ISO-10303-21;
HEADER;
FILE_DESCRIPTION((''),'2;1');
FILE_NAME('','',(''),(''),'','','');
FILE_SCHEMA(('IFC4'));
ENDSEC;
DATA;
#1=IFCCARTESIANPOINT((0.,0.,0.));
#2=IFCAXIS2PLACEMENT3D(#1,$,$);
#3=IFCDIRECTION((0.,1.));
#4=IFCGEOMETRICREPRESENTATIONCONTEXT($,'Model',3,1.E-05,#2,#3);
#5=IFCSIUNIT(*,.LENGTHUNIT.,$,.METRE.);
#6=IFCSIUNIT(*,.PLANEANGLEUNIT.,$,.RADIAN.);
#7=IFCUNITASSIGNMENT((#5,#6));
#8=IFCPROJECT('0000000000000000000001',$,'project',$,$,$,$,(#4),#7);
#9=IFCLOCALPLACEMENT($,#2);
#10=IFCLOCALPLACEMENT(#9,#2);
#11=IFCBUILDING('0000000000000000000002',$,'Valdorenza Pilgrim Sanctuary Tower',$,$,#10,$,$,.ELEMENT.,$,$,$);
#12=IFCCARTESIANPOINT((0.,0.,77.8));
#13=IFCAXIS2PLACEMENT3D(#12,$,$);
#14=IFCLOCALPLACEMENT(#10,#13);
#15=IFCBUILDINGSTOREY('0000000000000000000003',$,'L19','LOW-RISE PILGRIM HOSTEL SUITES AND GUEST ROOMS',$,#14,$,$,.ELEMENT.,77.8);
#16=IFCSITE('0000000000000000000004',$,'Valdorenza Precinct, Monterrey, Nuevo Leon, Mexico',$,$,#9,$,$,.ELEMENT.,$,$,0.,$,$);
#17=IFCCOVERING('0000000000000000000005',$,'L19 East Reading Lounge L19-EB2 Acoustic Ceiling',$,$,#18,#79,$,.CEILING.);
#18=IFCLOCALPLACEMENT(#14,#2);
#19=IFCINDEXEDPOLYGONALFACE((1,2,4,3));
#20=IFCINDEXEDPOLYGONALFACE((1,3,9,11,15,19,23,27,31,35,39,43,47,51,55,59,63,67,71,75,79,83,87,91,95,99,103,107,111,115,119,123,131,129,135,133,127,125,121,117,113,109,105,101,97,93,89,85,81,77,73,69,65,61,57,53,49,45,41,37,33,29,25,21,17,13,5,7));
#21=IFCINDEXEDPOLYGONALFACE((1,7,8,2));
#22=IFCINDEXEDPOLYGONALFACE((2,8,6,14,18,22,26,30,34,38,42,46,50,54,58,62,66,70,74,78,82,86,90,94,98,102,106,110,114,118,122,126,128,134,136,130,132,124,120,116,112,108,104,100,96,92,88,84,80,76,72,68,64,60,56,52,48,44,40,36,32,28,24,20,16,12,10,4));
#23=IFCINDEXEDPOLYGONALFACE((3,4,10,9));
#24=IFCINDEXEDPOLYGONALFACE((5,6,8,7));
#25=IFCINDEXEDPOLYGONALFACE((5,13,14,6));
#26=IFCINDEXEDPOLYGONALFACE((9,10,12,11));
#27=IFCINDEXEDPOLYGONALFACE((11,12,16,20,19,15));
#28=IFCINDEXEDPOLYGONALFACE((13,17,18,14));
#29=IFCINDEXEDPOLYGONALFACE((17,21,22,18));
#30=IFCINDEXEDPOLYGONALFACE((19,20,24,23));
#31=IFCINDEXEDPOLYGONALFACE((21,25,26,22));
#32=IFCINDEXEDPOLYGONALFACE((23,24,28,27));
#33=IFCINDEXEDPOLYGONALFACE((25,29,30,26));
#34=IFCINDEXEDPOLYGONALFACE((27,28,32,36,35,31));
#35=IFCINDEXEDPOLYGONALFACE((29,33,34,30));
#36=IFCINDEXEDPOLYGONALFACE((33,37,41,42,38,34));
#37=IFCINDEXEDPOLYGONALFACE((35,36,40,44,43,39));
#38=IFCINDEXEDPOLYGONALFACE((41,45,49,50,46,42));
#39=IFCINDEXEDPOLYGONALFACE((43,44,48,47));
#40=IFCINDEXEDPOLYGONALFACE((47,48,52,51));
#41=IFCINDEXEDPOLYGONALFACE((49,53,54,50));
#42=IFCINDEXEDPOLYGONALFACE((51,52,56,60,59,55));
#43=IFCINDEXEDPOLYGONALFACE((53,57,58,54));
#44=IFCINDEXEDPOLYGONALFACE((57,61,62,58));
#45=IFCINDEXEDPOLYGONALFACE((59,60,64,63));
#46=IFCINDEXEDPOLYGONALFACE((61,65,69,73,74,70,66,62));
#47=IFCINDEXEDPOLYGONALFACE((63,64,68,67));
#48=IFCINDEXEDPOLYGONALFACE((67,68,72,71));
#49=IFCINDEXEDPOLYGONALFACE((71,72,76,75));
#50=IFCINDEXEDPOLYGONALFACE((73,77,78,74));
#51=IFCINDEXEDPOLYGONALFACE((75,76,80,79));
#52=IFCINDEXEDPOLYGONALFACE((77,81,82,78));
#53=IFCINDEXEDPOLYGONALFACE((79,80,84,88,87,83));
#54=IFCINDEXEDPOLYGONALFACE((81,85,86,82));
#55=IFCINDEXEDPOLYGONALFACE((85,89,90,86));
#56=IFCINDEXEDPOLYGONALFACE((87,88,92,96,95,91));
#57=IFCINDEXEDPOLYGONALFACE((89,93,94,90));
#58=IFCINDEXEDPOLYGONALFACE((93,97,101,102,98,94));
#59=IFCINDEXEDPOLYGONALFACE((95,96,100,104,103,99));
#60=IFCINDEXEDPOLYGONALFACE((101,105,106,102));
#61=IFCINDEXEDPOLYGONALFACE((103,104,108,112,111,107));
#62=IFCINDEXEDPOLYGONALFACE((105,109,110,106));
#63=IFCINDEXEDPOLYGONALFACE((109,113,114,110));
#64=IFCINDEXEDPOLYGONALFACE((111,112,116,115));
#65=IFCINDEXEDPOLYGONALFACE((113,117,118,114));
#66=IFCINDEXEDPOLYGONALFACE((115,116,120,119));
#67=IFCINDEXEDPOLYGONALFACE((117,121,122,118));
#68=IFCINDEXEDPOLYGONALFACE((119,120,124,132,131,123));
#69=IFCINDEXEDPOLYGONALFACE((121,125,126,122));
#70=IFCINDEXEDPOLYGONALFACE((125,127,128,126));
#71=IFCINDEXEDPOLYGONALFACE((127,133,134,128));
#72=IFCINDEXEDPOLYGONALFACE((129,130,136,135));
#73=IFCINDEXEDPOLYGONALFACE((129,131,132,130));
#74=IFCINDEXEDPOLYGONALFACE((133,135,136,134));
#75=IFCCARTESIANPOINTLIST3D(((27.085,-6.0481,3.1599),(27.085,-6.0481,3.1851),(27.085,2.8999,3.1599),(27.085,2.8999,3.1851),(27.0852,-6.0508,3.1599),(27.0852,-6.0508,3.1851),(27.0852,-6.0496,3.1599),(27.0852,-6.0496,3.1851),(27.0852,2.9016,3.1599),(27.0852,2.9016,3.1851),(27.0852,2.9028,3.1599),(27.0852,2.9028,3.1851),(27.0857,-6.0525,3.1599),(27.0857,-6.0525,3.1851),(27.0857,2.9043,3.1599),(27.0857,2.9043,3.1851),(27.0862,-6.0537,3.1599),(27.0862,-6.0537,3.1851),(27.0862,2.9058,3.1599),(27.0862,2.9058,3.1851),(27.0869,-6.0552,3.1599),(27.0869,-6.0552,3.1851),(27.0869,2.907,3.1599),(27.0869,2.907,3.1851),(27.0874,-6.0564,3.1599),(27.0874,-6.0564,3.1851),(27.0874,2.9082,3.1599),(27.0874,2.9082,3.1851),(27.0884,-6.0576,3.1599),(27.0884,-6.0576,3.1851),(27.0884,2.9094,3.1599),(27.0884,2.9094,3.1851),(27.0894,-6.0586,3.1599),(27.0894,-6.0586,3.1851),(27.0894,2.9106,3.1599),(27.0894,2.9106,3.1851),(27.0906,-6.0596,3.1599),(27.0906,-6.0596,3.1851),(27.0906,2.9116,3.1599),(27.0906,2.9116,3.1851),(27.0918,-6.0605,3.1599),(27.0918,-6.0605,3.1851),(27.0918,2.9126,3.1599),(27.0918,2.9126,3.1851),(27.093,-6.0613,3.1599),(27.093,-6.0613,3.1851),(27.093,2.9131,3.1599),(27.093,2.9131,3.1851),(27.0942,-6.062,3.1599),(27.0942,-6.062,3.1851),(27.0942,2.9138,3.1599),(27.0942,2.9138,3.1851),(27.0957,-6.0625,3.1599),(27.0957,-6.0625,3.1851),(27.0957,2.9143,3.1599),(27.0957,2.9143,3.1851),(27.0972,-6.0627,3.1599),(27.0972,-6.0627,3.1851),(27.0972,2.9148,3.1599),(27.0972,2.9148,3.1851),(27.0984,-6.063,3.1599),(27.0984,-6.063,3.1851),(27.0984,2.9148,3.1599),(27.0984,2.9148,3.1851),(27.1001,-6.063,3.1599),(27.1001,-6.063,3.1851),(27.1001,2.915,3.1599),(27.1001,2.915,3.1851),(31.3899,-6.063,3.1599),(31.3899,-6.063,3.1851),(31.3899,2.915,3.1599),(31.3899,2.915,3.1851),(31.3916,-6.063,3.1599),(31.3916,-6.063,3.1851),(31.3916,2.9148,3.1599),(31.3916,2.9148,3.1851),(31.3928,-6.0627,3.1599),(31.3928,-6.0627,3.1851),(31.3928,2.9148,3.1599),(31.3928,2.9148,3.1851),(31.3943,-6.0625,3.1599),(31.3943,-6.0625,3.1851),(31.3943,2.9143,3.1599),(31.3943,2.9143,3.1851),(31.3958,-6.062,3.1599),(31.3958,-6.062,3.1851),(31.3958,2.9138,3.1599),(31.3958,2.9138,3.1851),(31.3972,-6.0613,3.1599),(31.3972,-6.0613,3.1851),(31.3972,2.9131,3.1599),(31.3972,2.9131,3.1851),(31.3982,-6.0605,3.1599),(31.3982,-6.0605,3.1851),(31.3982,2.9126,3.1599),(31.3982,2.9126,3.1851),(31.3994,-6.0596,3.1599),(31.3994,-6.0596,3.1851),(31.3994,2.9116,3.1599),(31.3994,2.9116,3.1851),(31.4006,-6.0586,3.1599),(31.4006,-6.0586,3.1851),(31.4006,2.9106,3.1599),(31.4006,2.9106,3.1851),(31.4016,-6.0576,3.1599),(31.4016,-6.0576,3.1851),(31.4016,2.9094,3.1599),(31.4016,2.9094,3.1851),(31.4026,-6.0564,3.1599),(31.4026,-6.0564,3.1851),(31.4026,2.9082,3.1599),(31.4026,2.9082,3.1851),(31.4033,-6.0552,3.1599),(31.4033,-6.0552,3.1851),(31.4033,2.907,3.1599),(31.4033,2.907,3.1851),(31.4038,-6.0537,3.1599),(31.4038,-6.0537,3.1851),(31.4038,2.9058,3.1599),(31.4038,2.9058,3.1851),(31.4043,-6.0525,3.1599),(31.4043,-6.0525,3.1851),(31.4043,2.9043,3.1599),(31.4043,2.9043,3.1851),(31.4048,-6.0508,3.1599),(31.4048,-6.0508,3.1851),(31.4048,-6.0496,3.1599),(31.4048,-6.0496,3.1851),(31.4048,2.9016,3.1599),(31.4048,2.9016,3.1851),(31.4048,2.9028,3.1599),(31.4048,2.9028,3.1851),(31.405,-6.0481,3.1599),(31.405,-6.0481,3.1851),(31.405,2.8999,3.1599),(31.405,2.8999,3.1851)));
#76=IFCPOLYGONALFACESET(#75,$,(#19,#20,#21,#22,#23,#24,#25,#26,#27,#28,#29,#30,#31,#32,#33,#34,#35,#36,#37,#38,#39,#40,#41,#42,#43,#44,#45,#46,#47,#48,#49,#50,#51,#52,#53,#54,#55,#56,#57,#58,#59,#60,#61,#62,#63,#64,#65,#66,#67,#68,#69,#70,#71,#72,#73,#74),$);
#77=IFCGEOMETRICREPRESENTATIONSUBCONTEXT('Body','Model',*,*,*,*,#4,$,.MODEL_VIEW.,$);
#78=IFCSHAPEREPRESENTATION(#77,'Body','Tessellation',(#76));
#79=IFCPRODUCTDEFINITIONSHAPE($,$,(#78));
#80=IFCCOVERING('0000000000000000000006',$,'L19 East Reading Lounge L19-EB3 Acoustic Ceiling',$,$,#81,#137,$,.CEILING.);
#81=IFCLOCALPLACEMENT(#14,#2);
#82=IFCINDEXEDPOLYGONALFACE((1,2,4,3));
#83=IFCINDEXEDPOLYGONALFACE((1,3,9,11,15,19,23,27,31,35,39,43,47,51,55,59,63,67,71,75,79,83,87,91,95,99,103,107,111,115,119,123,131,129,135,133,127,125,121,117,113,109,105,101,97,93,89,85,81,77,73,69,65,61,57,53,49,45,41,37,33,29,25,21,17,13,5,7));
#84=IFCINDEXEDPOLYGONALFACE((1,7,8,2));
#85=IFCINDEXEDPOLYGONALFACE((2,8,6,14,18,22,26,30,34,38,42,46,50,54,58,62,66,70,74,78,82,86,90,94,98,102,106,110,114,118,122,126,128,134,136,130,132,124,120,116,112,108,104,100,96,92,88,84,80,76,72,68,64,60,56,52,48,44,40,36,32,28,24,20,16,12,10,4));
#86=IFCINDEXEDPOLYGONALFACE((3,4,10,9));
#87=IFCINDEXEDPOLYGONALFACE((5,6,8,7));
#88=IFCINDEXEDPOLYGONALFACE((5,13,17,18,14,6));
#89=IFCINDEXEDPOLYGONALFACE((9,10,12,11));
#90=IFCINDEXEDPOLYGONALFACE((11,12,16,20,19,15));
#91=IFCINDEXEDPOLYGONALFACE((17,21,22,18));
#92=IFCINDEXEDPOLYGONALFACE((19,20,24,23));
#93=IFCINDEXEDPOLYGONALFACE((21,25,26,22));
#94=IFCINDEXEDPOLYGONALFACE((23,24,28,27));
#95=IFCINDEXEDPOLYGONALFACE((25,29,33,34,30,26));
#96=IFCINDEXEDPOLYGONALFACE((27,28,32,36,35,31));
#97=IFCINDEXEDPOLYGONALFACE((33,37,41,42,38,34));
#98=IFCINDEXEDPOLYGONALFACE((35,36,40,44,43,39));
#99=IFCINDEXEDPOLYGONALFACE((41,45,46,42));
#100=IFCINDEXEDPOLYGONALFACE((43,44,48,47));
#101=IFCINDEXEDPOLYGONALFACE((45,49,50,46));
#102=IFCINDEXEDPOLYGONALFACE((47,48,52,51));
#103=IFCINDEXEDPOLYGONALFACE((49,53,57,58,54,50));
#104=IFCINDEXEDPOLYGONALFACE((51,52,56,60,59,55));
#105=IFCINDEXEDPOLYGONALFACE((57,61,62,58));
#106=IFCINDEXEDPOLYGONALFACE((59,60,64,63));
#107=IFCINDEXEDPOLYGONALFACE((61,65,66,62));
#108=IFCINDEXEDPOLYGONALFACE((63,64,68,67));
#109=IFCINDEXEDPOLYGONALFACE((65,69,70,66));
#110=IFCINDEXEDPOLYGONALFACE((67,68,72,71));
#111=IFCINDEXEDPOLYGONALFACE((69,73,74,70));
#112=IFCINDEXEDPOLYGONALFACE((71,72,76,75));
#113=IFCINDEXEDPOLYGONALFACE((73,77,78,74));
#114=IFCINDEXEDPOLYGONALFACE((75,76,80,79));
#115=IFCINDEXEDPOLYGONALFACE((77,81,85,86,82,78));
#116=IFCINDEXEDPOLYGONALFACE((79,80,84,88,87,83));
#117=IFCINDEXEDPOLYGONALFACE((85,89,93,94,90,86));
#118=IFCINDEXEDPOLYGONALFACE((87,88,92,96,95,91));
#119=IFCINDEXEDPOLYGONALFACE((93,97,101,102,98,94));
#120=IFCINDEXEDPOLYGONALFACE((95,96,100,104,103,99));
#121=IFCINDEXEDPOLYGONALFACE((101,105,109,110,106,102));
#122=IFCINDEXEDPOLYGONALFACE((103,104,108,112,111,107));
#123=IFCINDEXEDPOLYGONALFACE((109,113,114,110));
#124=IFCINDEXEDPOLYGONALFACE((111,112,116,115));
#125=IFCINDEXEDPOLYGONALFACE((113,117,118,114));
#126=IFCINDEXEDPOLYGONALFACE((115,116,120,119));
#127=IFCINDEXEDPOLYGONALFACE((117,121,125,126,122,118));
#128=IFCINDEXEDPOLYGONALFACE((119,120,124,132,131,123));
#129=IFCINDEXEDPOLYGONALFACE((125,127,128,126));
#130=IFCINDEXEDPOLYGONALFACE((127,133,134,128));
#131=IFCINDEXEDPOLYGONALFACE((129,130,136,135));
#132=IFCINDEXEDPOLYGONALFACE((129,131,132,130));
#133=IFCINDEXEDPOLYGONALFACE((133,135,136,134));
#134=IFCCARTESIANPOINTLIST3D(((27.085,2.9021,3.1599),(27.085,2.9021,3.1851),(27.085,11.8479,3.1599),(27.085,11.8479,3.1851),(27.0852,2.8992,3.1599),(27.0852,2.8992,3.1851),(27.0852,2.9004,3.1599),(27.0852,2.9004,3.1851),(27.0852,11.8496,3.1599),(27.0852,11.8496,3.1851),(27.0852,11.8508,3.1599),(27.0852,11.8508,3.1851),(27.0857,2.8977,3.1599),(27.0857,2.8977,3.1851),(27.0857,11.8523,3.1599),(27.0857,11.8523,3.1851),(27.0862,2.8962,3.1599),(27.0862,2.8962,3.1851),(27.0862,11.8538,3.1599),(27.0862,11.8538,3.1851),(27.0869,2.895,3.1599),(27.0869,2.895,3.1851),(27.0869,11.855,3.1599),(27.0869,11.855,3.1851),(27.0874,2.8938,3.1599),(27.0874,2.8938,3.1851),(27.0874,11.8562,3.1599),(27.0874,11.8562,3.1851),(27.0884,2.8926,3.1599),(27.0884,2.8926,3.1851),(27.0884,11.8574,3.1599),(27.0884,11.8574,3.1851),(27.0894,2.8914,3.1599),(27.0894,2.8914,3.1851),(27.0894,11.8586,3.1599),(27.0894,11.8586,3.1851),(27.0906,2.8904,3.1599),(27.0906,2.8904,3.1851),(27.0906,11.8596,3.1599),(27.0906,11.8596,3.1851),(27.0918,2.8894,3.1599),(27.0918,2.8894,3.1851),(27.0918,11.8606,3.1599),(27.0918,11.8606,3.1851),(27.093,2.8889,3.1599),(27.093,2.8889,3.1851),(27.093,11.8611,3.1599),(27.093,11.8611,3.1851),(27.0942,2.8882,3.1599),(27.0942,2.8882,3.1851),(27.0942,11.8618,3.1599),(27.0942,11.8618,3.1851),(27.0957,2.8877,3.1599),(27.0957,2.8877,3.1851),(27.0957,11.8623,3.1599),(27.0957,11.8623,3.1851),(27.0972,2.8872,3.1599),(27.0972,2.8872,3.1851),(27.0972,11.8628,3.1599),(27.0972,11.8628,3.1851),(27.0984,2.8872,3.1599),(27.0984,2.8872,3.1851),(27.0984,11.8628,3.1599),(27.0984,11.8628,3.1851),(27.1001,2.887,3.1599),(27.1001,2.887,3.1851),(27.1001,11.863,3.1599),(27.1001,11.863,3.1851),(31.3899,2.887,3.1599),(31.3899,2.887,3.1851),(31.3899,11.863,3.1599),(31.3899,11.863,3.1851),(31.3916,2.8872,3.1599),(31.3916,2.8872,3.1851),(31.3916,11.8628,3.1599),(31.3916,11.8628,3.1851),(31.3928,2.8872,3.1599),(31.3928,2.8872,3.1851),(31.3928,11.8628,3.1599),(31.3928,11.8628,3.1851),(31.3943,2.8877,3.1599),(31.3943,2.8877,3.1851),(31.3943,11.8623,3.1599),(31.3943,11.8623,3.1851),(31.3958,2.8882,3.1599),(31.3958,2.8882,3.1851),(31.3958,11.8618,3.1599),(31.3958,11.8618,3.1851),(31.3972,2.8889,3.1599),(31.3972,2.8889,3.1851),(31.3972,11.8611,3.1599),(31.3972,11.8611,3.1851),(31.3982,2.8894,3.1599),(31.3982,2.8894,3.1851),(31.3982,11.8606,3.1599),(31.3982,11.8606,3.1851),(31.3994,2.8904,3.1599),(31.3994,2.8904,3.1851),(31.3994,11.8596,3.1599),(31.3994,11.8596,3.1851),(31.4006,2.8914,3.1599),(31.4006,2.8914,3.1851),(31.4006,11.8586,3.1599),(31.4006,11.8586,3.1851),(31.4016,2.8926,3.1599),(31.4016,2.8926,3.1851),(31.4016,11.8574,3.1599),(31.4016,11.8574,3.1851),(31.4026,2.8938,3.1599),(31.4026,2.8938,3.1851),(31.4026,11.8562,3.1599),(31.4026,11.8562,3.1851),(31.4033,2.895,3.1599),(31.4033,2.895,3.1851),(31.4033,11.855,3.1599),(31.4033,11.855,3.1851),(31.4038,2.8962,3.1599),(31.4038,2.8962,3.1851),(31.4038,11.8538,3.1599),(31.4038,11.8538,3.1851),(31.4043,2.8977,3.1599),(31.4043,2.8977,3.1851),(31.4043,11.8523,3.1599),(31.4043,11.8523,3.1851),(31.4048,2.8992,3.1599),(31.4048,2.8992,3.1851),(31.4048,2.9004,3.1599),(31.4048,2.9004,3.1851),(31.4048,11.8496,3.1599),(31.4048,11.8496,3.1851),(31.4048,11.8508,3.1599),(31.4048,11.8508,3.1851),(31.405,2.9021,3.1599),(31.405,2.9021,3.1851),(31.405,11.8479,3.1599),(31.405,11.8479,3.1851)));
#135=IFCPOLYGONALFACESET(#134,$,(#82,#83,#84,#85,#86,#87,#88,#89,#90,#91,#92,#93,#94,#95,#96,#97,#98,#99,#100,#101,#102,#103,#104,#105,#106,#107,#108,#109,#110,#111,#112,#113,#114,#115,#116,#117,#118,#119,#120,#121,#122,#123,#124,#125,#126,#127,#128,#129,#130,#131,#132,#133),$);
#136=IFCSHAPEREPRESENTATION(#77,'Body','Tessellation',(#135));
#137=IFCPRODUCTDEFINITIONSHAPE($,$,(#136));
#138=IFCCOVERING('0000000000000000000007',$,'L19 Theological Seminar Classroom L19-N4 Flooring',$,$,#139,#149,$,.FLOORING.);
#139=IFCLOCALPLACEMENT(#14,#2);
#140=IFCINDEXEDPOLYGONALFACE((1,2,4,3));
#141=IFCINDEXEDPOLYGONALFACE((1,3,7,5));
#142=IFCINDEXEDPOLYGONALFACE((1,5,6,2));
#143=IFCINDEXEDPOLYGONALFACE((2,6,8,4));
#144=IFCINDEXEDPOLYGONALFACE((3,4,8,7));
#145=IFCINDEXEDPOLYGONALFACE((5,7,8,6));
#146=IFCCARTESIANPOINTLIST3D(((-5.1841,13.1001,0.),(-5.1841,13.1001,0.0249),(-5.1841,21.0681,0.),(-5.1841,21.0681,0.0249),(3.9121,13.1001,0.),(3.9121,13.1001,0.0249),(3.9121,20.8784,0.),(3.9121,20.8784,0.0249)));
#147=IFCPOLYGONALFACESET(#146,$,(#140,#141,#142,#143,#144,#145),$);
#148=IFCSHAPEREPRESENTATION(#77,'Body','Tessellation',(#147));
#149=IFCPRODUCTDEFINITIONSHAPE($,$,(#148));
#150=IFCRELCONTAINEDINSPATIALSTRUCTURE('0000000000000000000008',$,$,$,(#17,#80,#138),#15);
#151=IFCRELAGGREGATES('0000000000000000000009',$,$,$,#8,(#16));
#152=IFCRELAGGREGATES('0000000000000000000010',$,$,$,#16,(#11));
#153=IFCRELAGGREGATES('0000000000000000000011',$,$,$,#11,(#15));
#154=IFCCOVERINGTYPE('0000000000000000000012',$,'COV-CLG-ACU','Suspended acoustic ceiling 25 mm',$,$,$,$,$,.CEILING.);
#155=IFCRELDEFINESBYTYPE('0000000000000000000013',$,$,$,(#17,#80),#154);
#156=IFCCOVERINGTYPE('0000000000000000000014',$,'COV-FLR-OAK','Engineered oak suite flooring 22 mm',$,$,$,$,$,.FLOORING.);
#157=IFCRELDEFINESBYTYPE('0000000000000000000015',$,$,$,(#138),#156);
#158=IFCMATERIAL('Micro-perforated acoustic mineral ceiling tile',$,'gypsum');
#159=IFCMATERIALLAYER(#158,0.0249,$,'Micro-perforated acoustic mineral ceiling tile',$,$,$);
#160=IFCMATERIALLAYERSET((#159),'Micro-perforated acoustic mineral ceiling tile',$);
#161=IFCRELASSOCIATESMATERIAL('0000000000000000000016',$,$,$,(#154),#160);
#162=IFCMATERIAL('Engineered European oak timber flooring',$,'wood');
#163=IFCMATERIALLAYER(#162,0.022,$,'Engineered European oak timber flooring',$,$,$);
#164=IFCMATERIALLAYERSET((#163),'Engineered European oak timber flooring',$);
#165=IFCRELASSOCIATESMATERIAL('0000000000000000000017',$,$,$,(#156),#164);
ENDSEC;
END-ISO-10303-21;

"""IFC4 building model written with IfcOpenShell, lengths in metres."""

from ifc_helpers import new_model, si_unit, direction, frame, origin, place, context, subcontext, project, spatial, polyline, outline, extrude, material, layer, layer_set, type_object, element, save


model = new_model("IFC4")

# Units and contexts
model_context = context("Model", 3, precision=1e-05, world=origin(), true_north=direction((0.0, 1.0)))
body_context = subcontext(model_context, "Body", "Model", "MODEL_VIEW")
ifc_project = project(units=[si_unit("LENGTHUNIT", "METRE"), si_unit("PLANEANGLEUNIT", "RADIAN")], contexts=[model_context])

# Site, building, storey
site_placement = place(None, origin())
site = spatial("IfcSite", under=ifc_project, at=site_placement, Name="Valdorenza Precinct, Monterrey, Nuevo Leon, Mexico", CompositionType="ELEMENT", RefElevation=0.0)
building_placement = place(site_placement, origin())
building = spatial("IfcBuilding", under=site, at=building_placement, Name="Valdorenza Pilgrim Sanctuary Tower", CompositionType="ELEMENT")
storey_placement = place(building_placement, frame((0.0, 0.0, 77.8)))
storey = spatial("IfcBuildingStorey", under=building, at=storey_placement, Name="L19", Description="LOW-RISE PILGRIM HOSTEL SUITES AND GUEST ROOMS", CompositionType="ELEMENT", Elevation=77.8)

# Coverings
ifc_material_1 = material(Name="Micro-perforated acoustic mineral ceiling tile", Category="gypsum")
ifc_layer_1 = layer(ifc_material_1, 0.0249, Name="Micro-perforated acoustic mineral ceiling tile")
ifc_layer_set_1 = layer_set([ifc_layer_1], Name="Micro-perforated acoustic mineral ceiling tile")
covering_type_1 = type_object("IfcCoveringType", Name="COV-CLG-ACU", Description="Suspended acoustic ceiling 25 mm", PredefinedType="CEILING", material=ifc_layer_set_1)
covering_1_placement = place(storey_placement, frame((0.0, 0.0, 3.1599)))
element("IfcCovering", 1, at=covering_1_placement, inside=storey, type_object=covering_type_1, Name="L19 East Reading Lounge L19-EB2 Acoustic Ceiling", PredefinedType="CEILING", context=body_context, shape_type="SweptSolid", body=[
    extrude(outline(polyline([(27.085, 2.8999), (27.0852, 2.9016), (27.0852, 2.9028), (27.0857, 2.9043), (27.0862, 2.9058), (27.0869, 2.907), (27.0874, 2.9082), (27.0884, 2.9094), (27.0894, 2.9106), (27.0906, 2.9116), (27.0918, 2.9126), (27.093, 2.9131), (27.0942, 2.9138), (27.0957, 2.9143), (27.0972, 2.9148), (27.0984, 2.9148), (27.1001, 2.915), (31.3899, 2.915), (31.3916, 2.9148), (31.3928, 2.9148), (31.3943, 2.9143), (31.3958, 2.9138), (31.3972, 2.9131), (31.3982, 2.9126), (31.3994, 2.9116), (31.4006, 2.9106), (31.4016, 2.9094), (31.4026, 2.9082), (31.4033, 2.907), (31.4038, 2.9058), (31.4043, 2.9043), (31.4048, 2.9028), (31.4048, 2.9016), (31.405, 2.8999), (31.405, -6.0481), (31.4048, -6.0496), (31.4048, -6.0508), (31.4043, -6.0525), (31.4038, -6.0537), (31.4033, -6.0552), (31.4026, -6.0564), (31.4016, -6.0576), (31.4006, -6.0586), (31.3994, -6.0596), (31.3982, -6.0605), (31.3972, -6.0613), (31.3958, -6.062), (31.3943, -6.0625), (31.3928, -6.0627), (31.3916, -6.063), (31.3899, -6.063), (27.1001, -6.063), (27.0984, -6.063), (27.0972, -6.0627), (27.0957, -6.0625), (27.0942, -6.062), (27.093, -6.0613), (27.0918, -6.0605), (27.0906, -6.0596), (27.0894, -6.0586), (27.0884, -6.0576), (27.0874, -6.0564), (27.0869, -6.0552), (27.0862, -6.0537), (27.0857, -6.0525), (27.0852, -6.0508), (27.0852, -6.0496), (27.085, -6.0481), (27.085, 2.8999)])), origin(), (0.0, 0.0, 1.0), 0.0251),
])
covering_2_placement = place(storey_placement, frame((0.0, 0.0, 3.1599)))
element("IfcCovering", 2, at=covering_2_placement, inside=storey, type_object=covering_type_1, Name="L19 East Reading Lounge L19-EB3 Acoustic Ceiling", PredefinedType="CEILING", context=body_context, shape_type="SweptSolid", body=[
    extrude(outline(polyline([(27.085, 11.8479), (27.0852, 11.8496), (27.0852, 11.8508), (27.0857, 11.8523), (27.0862, 11.8538), (27.0869, 11.855), (27.0874, 11.8562), (27.0884, 11.8574), (27.0894, 11.8586), (27.0906, 11.8596), (27.0918, 11.8606), (27.093, 11.8611), (27.0942, 11.8618), (27.0957, 11.8623), (27.0972, 11.8628), (27.0984, 11.8628), (27.1001, 11.863), (31.3899, 11.863), (31.3916, 11.8628), (31.3928, 11.8628), (31.3943, 11.8623), (31.3958, 11.8618), (31.3972, 11.8611), (31.3982, 11.8606), (31.3994, 11.8596), (31.4006, 11.8586), (31.4016, 11.8574), (31.4026, 11.8562), (31.4033, 11.855), (31.4038, 11.8538), (31.4043, 11.8523), (31.4048, 11.8508), (31.4048, 11.8496), (31.405, 11.8479), (31.405, 2.9021), (31.4048, 2.9004), (31.4048, 2.8992), (31.4043, 2.8977), (31.4038, 2.8962), (31.4033, 2.895), (31.4026, 2.8938), (31.4016, 2.8926), (31.4006, 2.8914), (31.3994, 2.8904), (31.3982, 2.8894), (31.3972, 2.8889), (31.3958, 2.8882), (31.3943, 2.8877), (31.3928, 2.8872), (31.3916, 2.8872), (31.3899, 2.887), (27.1001, 2.887), (27.0984, 2.8872), (27.0972, 2.8872), (27.0957, 2.8877), (27.0942, 2.8882), (27.093, 2.8889), (27.0918, 2.8894), (27.0906, 2.8904), (27.0894, 2.8914), (27.0884, 2.8926), (27.0874, 2.8938), (27.0869, 2.895), (27.0862, 2.8962), (27.0857, 2.8977), (27.0852, 2.8992), (27.0852, 2.9004), (27.085, 2.9021), (27.085, 11.8479)])), origin(), (0.0, 0.0, 1.0), 0.0251),
])
ifc_material_2 = material(Name="Engineered European oak timber flooring", Category="wood")
ifc_layer_2 = layer(ifc_material_2, 0.022, Name="Engineered European oak timber flooring")
ifc_layer_set_2 = layer_set([ifc_layer_2], Name="Engineered European oak timber flooring")
covering_type_2 = type_object("IfcCoveringType", Name="COV-FLR-OAK", Description="Engineered oak suite flooring 22 mm", PredefinedType="FLOORING", material=ifc_layer_set_2)
covering_3_placement = place(storey_placement, origin())
element("IfcCovering", 3, at=covering_3_placement, inside=storey, type_object=covering_type_2, Name="L19 Theological Seminar Classroom L19-N4 Flooring", PredefinedType="FLOORING", context=body_context, shape_type="SweptSolid", body=[
    extrude(outline(polyline([(-5.1841, 13.1001), (-5.1841, 21.0681), (3.9121, 20.8784), (3.9121, 13.1001), (-5.1841, 13.1001)])), origin(), (0.0, 0.0, 1.0), 0.0249),
])

save(model, "model.ifc")
